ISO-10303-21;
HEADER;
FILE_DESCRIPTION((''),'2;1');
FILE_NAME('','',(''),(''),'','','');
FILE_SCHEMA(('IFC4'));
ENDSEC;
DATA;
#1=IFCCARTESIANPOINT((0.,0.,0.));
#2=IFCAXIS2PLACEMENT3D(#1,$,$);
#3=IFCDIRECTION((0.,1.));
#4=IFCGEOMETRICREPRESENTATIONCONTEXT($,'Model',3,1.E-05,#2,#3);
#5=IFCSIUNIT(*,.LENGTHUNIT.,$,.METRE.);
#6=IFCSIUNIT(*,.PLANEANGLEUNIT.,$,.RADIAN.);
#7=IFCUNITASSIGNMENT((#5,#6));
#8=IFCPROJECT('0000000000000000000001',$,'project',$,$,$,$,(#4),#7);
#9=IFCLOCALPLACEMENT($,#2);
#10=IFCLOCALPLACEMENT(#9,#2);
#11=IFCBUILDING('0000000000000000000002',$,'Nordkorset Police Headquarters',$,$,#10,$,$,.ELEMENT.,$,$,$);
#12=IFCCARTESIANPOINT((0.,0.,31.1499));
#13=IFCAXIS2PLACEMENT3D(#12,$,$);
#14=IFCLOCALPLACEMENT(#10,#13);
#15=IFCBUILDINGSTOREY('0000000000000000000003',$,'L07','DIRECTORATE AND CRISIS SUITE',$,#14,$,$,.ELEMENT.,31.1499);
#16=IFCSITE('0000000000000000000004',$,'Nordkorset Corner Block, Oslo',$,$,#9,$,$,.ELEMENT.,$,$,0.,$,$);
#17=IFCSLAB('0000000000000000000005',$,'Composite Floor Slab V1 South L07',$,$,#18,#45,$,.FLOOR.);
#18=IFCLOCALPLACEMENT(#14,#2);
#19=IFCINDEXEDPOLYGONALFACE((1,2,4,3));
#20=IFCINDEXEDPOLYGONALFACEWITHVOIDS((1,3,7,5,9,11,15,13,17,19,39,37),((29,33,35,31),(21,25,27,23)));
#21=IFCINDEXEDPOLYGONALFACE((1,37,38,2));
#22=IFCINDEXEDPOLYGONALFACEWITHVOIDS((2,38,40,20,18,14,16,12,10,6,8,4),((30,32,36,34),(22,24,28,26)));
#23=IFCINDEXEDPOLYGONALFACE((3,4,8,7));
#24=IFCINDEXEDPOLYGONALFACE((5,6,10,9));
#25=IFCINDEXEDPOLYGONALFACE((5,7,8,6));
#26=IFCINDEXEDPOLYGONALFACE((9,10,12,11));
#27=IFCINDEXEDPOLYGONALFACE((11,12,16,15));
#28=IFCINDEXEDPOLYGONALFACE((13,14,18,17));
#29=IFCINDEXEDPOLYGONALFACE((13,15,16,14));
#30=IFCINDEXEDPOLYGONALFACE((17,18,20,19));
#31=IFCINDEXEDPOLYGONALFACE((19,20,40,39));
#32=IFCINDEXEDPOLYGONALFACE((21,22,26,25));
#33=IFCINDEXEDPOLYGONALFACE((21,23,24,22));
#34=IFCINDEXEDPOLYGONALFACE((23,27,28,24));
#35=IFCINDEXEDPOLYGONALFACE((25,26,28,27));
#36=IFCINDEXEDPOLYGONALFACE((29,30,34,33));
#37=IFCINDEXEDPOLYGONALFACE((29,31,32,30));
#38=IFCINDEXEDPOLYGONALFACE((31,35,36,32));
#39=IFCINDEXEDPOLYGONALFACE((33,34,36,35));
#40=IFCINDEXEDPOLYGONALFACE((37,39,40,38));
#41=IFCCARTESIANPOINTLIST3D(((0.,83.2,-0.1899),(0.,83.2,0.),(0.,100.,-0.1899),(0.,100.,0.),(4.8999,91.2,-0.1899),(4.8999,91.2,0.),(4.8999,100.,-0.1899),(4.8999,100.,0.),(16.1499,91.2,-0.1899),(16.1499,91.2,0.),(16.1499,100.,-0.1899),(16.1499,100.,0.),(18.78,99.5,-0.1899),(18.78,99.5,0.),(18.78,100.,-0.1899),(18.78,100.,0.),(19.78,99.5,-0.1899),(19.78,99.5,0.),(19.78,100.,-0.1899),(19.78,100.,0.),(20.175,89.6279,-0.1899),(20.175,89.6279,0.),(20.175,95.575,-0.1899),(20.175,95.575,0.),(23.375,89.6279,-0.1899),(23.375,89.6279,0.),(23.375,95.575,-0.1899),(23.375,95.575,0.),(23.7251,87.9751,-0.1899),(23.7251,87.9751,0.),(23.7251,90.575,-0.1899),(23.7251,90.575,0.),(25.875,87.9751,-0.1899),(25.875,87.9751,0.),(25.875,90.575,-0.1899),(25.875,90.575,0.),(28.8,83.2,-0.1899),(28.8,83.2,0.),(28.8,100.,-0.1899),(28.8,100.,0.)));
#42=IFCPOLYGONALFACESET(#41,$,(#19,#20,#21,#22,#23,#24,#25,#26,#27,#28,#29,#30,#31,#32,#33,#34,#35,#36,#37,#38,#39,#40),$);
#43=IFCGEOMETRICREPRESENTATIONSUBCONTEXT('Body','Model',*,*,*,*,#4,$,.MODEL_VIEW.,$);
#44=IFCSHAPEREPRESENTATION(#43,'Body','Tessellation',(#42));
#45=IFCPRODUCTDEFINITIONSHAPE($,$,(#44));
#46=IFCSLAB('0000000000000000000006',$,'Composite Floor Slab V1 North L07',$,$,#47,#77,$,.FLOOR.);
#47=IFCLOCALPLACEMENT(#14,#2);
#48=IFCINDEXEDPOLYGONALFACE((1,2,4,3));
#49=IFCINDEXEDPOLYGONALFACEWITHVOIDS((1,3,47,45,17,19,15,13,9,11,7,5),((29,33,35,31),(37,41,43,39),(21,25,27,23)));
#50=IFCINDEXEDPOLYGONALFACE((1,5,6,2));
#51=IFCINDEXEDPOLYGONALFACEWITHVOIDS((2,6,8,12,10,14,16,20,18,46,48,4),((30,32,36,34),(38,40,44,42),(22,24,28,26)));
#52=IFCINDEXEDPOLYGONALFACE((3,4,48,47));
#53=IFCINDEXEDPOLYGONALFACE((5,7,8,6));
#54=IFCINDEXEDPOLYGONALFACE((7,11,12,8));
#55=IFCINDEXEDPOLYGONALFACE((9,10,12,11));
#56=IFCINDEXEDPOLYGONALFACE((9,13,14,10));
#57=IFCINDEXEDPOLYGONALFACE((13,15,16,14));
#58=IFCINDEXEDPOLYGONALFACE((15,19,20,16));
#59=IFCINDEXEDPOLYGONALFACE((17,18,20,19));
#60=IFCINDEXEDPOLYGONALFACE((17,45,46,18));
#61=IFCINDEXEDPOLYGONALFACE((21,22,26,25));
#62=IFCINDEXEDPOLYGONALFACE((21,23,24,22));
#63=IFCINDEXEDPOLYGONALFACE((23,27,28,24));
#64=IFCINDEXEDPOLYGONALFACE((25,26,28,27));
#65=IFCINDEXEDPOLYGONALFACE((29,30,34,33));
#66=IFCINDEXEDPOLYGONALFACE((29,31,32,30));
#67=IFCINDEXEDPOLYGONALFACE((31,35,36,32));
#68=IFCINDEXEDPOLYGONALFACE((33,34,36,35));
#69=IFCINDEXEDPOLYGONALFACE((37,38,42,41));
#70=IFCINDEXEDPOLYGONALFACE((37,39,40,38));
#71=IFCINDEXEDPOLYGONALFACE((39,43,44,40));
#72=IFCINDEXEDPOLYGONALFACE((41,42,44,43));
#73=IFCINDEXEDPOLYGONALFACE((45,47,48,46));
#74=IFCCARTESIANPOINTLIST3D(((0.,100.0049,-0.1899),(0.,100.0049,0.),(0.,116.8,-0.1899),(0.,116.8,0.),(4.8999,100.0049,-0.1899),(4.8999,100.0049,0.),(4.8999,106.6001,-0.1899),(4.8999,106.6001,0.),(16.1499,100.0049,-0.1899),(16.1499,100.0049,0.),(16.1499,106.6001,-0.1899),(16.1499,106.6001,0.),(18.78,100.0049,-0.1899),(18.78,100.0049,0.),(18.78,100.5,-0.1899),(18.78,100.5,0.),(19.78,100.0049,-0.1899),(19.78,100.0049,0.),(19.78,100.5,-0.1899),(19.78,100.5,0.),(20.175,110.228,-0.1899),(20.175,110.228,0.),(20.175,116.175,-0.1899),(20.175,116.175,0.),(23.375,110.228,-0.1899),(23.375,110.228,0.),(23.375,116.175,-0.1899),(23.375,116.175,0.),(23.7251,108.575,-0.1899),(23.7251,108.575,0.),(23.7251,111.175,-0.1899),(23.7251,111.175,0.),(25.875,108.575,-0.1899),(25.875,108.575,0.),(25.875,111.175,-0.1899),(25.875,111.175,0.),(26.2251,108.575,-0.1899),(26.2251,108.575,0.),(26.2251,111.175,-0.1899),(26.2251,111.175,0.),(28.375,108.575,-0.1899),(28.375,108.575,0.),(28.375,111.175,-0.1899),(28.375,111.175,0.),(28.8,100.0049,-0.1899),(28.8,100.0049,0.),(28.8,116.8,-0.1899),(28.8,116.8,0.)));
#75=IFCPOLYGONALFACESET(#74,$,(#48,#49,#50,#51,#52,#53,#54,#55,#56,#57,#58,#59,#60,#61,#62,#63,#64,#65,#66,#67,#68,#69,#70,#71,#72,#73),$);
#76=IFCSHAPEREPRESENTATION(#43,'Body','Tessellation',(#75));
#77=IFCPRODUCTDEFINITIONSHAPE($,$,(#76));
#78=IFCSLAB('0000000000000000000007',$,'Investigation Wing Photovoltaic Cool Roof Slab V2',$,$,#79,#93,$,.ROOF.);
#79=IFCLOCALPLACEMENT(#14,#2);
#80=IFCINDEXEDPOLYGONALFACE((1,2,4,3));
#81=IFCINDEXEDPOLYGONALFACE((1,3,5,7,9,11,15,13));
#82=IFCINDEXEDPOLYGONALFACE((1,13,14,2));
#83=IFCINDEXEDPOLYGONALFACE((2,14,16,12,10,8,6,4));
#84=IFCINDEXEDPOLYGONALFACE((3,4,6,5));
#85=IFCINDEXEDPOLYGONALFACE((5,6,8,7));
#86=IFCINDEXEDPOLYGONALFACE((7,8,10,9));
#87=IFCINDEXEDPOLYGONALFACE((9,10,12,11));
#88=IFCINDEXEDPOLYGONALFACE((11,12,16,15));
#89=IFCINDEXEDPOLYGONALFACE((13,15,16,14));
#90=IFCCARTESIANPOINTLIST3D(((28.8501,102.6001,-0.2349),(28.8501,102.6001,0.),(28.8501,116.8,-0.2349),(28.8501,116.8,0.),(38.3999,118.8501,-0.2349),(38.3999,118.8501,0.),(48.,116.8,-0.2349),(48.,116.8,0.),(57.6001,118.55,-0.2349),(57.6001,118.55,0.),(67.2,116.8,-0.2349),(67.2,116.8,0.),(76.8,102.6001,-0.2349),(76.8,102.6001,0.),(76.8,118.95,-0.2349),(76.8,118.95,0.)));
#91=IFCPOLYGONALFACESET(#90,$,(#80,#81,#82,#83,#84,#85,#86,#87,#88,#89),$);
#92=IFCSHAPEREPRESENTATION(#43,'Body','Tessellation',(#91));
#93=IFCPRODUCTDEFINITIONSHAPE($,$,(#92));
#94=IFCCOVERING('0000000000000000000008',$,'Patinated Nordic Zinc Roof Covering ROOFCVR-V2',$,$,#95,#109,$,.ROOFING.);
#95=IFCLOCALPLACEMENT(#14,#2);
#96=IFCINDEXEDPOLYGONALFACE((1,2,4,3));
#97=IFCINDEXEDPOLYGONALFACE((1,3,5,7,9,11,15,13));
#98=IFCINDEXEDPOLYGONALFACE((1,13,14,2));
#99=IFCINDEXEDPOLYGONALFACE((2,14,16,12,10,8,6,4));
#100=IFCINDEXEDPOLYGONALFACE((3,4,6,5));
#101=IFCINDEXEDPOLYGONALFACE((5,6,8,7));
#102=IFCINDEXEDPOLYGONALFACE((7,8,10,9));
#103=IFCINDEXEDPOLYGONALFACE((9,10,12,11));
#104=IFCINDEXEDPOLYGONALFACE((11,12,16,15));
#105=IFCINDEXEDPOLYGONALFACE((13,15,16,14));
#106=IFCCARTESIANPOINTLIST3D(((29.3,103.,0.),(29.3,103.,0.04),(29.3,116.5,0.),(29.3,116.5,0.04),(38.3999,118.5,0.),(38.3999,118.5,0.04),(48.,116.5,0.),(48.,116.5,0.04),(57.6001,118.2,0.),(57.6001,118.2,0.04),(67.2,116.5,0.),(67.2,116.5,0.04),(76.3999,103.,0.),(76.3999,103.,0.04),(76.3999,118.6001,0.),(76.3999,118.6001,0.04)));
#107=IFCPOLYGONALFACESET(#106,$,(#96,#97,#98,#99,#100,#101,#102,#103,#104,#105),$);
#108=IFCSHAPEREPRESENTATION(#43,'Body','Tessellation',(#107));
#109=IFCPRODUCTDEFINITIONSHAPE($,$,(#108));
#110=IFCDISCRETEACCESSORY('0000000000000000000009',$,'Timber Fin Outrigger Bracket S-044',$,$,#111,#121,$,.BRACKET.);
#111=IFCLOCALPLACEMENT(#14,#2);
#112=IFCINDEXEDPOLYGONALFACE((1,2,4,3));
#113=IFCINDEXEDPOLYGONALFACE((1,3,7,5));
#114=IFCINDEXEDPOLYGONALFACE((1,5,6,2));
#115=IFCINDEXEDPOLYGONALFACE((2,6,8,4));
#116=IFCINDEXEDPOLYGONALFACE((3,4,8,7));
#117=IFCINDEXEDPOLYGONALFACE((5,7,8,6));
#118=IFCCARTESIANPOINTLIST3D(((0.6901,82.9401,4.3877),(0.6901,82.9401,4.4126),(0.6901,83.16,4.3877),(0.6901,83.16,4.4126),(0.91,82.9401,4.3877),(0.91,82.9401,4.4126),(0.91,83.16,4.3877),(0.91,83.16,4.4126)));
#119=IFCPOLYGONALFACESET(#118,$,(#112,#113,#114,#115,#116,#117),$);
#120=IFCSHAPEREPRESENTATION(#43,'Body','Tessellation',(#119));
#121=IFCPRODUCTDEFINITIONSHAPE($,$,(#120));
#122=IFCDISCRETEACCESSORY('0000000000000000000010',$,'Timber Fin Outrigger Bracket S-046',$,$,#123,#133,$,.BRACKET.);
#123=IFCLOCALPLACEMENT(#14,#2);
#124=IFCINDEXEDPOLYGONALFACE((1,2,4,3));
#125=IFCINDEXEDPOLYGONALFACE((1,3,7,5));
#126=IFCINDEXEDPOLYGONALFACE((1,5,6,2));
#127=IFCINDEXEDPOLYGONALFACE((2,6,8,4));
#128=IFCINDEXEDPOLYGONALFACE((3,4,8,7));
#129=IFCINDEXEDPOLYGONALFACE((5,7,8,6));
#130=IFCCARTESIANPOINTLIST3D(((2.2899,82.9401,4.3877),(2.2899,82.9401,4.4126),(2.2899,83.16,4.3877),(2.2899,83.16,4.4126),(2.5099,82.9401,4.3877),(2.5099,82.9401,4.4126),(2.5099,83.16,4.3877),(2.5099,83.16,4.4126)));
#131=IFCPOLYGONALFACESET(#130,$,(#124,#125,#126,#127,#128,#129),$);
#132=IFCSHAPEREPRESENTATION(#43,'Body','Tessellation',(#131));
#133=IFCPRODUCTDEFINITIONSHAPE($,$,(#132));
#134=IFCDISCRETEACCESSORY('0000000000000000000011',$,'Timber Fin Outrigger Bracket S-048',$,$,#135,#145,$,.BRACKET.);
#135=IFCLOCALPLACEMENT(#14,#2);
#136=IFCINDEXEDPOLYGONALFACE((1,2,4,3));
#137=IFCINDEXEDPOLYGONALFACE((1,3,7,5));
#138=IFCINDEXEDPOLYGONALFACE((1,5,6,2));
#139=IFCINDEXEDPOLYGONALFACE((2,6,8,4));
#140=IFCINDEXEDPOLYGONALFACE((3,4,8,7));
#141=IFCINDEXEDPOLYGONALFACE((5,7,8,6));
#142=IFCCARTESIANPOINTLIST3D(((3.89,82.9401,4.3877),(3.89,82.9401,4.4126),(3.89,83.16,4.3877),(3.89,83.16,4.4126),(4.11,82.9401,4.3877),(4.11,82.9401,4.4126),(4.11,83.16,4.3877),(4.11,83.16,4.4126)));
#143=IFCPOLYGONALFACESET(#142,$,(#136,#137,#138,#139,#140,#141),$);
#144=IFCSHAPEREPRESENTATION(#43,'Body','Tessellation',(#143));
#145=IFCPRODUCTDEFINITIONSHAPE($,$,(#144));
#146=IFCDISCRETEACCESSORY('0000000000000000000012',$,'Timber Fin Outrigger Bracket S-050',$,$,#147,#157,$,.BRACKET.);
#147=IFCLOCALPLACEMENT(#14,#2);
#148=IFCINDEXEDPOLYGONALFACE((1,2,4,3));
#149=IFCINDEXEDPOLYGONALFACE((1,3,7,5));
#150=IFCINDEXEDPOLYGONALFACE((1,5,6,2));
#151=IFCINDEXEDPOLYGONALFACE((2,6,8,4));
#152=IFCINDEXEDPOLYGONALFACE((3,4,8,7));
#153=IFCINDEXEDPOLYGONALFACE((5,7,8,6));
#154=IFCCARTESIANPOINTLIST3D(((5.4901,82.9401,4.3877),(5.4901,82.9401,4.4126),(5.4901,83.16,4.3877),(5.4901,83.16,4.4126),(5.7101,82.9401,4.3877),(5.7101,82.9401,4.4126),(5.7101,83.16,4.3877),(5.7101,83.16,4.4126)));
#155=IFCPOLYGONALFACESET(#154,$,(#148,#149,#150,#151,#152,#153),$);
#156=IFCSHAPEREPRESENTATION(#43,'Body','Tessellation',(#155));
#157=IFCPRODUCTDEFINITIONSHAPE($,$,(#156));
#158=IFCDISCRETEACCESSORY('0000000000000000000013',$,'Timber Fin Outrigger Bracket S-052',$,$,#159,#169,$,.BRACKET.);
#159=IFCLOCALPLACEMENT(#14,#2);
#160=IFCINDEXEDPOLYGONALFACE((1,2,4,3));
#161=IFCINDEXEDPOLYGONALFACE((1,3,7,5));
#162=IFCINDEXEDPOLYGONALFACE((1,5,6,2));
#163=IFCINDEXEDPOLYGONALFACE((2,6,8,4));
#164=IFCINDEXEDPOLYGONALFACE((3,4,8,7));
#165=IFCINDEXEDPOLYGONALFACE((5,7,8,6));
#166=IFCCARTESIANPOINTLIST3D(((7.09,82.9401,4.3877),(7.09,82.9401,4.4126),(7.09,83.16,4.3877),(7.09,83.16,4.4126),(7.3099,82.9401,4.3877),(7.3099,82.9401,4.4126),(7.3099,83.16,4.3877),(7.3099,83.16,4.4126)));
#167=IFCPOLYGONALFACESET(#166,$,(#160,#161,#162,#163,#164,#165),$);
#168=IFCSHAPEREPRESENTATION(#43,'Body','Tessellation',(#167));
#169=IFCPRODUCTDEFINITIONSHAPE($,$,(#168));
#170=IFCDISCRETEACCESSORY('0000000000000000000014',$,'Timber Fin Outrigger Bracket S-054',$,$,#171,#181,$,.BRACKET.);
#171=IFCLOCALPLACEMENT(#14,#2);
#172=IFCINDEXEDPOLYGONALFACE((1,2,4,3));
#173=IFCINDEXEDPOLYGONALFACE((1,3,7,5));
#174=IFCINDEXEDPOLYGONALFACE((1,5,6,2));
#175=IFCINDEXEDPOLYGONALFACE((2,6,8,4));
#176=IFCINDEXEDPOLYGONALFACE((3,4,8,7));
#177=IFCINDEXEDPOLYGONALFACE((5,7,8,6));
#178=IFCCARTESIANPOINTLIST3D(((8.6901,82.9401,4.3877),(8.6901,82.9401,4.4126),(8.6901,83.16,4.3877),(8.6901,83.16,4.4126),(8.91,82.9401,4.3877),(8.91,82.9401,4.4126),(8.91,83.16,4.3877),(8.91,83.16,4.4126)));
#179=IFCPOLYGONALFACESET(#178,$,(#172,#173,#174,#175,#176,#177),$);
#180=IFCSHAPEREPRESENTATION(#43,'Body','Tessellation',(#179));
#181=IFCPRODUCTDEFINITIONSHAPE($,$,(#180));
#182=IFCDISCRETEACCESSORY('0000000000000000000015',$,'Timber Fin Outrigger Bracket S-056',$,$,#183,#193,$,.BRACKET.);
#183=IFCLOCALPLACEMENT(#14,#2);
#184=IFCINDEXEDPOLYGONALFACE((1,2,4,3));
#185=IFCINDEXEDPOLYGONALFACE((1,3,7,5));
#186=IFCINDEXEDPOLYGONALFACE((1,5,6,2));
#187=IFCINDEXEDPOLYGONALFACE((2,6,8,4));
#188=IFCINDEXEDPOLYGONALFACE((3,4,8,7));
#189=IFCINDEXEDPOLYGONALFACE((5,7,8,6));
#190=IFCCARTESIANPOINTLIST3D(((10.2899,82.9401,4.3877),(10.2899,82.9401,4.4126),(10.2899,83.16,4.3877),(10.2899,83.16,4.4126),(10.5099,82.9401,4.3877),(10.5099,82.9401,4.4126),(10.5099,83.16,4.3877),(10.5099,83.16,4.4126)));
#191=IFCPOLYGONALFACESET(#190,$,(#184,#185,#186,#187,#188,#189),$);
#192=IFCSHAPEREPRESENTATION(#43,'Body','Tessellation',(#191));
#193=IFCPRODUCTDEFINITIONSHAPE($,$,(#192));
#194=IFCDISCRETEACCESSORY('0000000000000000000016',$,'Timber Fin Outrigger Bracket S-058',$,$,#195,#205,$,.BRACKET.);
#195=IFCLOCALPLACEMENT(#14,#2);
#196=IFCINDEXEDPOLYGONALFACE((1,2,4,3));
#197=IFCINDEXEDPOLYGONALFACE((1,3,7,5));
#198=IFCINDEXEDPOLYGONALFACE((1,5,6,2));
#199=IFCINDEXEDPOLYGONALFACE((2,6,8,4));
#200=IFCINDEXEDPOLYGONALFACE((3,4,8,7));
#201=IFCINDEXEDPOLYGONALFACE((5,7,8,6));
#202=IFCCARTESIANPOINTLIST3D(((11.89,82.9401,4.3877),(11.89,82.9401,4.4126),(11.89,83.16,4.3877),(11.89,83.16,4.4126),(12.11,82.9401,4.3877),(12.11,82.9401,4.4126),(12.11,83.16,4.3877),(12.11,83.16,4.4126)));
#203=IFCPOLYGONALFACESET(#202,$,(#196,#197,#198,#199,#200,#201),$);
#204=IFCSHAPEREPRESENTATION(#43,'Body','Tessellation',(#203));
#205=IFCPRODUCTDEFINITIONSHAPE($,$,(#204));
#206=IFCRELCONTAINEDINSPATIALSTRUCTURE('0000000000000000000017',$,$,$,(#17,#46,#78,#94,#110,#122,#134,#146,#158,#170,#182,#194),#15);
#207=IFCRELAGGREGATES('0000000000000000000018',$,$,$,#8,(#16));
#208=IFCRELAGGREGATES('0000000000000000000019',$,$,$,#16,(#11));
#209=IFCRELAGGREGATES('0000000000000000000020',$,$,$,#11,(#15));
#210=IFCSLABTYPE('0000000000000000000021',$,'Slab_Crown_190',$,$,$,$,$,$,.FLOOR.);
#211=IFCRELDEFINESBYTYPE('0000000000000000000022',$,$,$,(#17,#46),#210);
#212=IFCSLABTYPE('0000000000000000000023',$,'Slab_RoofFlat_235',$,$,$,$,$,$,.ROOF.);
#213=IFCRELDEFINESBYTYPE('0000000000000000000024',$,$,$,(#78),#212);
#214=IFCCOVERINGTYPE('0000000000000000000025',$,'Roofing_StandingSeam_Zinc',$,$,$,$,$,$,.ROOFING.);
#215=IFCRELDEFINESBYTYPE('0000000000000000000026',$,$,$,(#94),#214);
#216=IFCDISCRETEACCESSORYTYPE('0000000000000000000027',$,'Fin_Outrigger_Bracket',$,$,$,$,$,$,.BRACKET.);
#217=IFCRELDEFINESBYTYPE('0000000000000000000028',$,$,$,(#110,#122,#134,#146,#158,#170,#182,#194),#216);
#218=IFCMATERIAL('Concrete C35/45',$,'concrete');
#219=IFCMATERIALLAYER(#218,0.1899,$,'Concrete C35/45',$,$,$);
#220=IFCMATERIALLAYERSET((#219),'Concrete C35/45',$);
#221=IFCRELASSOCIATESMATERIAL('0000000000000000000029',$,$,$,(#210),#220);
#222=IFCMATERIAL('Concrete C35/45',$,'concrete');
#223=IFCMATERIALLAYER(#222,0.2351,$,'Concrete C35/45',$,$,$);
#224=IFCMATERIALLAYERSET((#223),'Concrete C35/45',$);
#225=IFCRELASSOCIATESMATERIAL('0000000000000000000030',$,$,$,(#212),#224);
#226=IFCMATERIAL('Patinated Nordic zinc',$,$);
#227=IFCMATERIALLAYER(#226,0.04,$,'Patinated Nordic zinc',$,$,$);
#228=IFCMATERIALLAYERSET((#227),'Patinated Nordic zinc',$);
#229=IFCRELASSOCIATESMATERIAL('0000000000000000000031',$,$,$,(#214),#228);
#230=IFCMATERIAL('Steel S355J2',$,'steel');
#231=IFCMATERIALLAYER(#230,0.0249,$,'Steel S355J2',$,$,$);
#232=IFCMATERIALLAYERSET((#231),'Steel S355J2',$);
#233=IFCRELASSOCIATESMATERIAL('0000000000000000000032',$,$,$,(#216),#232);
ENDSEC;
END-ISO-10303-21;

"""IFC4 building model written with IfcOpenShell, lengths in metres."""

from ifc_helpers import new_model, si_unit, direction, frame, origin, origin_2d, place, context, subcontext, project, spatial, polyline, rectangle, outline, extrude, material, layer, layer_set, type_object, element, save


model = new_model("IFC4")

# Units and contexts
model_context = context("Model", 3, precision=1e-05, world=origin(), true_north=direction((0.0, 1.0)))
body_context = subcontext(model_context, "Body", "Model", "MODEL_VIEW")
ifc_project = project(units=[si_unit("LENGTHUNIT", "METRE"), si_unit("PLANEANGLEUNIT", "RADIAN")], contexts=[model_context])

# Site, building, storey
site_placement = place(None, origin())
site = spatial("IfcSite", under=ifc_project, at=site_placement, Name="Nordkorset Corner Block, Oslo", CompositionType="ELEMENT", RefElevation=0.0)
building_placement = place(site_placement, origin())
building = spatial("IfcBuilding", under=site, at=building_placement, Name="Nordkorset Police Headquarters", CompositionType="ELEMENT")
storey_placement = place(building_placement, frame((0.0, 0.0, 31.1499)))
storey = spatial("IfcBuildingStorey", under=building, at=storey_placement, Name="L07", Description="DIRECTORATE AND CRISIS SUITE", CompositionType="ELEMENT", Elevation=31.1499)

# Slabs
ifc_material_1 = material(Name="Concrete C35/45", Category="concrete")
ifc_layer_1 = layer(ifc_material_1, 0.1899, Name="Concrete C35/45")
ifc_layer_set_1 = layer_set([ifc_layer_1], Name="Concrete C35/45")
slab_type_1 = type_object("IfcSlabType", Name="Slab_Crown_190", PredefinedType="FLOOR", material=ifc_layer_set_1)
slab_1_placement = place(storey_placement, frame((0.0, 0.0, -0.1899)))
element("IfcSlab", 1, at=slab_1_placement, inside=storey, type_object=slab_type_1, Name="Composite Floor Slab V1 South L07", PredefinedType="FLOOR", context=body_context, shape_type="SweptSolid", body=[
    extrude(outline(polyline([(19.78, 99.5), (19.78, 100.0), (28.8, 100.0), (28.8, 83.2), (0.0, 83.2), (0.0, 100.0), (4.8999, 100.0), (4.8999, 91.2), (16.1499, 91.2), (16.1499, 100.0), (18.78, 100.0), (18.78, 99.5), (19.78, 99.5)]), holes=[polyline([(20.175, 95.575), (20.175, 89.6279), (23.375, 89.6279), (23.375, 95.575), (20.175, 95.575)]), polyline([(25.875, 90.575), (23.7251, 90.575), (23.7251, 87.9751), (25.875, 87.9751), (25.875, 90.575)])]), origin(), (0.0, 0.0, 1.0), 0.1899),
])
slab_2_placement = place(storey_placement, frame((0.0, 0.0, -0.1899)))
element("IfcSlab", 2, at=slab_2_placement, inside=storey, type_object=slab_type_1, Name="Composite Floor Slab V1 North L07", PredefinedType="FLOOR", context=body_context, shape_type="SweptSolid", body=[
    extrude(outline(polyline([(28.8, 100.0049), (19.78, 100.0049), (19.78, 100.5), (18.78, 100.5), (18.78, 100.0049), (16.1499, 100.0049), (16.1499, 106.6001), (4.8999, 106.6001), (4.8999, 100.0049), (0.0, 100.0049), (0.0, 116.8), (28.8, 116.8), (28.8, 100.0049)]), holes=[polyline([(20.175, 110.228), (23.375, 110.228), (23.375, 116.175), (20.175, 116.175), (20.175, 110.228)]), polyline([(23.7251, 111.175), (23.7251, 108.575), (25.875, 108.575), (25.875, 111.175), (23.7251, 111.175)]), polyline([(28.375, 111.175), (26.2251, 111.175), (26.2251, 108.575), (28.375, 108.575), (28.375, 111.175)])]), origin(), (0.0, 0.0, 1.0), 0.1899),
])
ifc_material_2 = material(Name="Concrete C35/45", Category="concrete")
ifc_layer_2 = layer(ifc_material_2, 0.2351, Name="Concrete C35/45")
ifc_layer_set_2 = layer_set([ifc_layer_2], Name="Concrete C35/45")
slab_type_2 = type_object("IfcSlabType", Name="Slab_RoofFlat_235", PredefinedType="ROOF", material=ifc_layer_set_2)
slab_3_placement = place(storey_placement, frame((0.0, 0.0, -0.2349)))
element("IfcSlab", 3, at=slab_3_placement, inside=storey, type_object=slab_type_2, Name="Investigation Wing Photovoltaic Cool Roof Slab V2", PredefinedType="ROOF", context=body_context, shape_type="SweptSolid", body=[
    extrude(outline(polyline([(28.8501, 102.6001), (76.8, 102.6001), (76.8, 118.95), (67.2, 116.8), (57.6001, 118.55), (48.0, 116.8), (38.3999, 118.8501), (28.8501, 116.8), (28.8501, 102.6001)])), origin(), (0.0, 0.0, 1.0), 0.2349),
])

# Covering
ifc_material_3 = material(Name="Patinated Nordic zinc")
ifc_layer_3 = layer(ifc_material_3, 0.04, Name="Patinated Nordic zinc")
ifc_layer_set_3 = layer_set([ifc_layer_3], Name="Patinated Nordic zinc")
covering_type = type_object("IfcCoveringType", Name="Roofing_StandingSeam_Zinc", PredefinedType="ROOFING", material=ifc_layer_set_3)
covering_placement = place(storey_placement, origin())
element("IfcCovering", 4, at=covering_placement, inside=storey, type_object=covering_type, Name="Patinated Nordic Zinc Roof Covering ROOFCVR-V2", PredefinedType="ROOFING", context=body_context, shape_type="SweptSolid", body=[
    extrude(outline(polyline([(29.3, 103.0), (76.3999, 103.0), (76.3999, 118.6001), (67.2, 116.5), (57.6001, 118.2), (48.0, 116.5), (38.3999, 118.5), (29.3, 116.5), (29.3, 103.0)])), origin(), (0.0, 0.0, 1.0), 0.04),
])

# Discrete accessories
ifc_material_4 = material(Name="Steel S355J2", Category="steel")
ifc_layer_4 = layer(ifc_material_4, 0.0249, Name="Steel S355J2")
ifc_layer_set_4 = layer_set([ifc_layer_4], Name="Steel S355J2")
discrete_accessory_type = type_object("IfcDiscreteAccessoryType", Name="Fin_Outrigger_Bracket", PredefinedType="BRACKET", material=ifc_layer_set_4)
for number, where, z_axis, x_axis, name in (
    (5, (0.8, 83.05, 4.3877), (0.0, 0.0, 1.0), (1.0, 0.0, 0.0), "Timber Fin Outrigger Bracket S-044"),
    (6, (2.3999, 83.05, 4.3877), (0.0, 0.0, 1.0), (1.0, 0.0, 0.0), "Timber Fin Outrigger Bracket S-046"),
    (7, (4.0, 83.05, 4.3877), (0.0, 0.0, 1.0), (1.0, 0.0, 0.0), "Timber Fin Outrigger Bracket S-048"),
    (8, (5.6001, 83.05, 4.3877), (0.0, 0.0, 1.0), (1.0, 0.0, 0.0), "Timber Fin Outrigger Bracket S-050"),
    (9, (7.2, 83.05, 4.3877), (0.0, 0.0, 1.0), (1.0, 0.0, 0.0), "Timber Fin Outrigger Bracket S-052"),
    (10, (8.8, 83.05, 4.3877), (0.0, 0.0, 1.0), (1.0, 0.0, 0.0), "Timber Fin Outrigger Bracket S-054"),
    (11, (10.3999, 83.05, 4.3877), (0.0, 0.0, 1.0), (1.0, 0.0, 0.0), "Timber Fin Outrigger Bracket S-056"),
    (12, (12.0, 83.05, 4.3877), (0.0, 0.0, 1.0), (1.0, 0.0, 0.0), "Timber Fin Outrigger Bracket S-058"),
):
    element("IfcDiscreteAccessory", number, at=place(storey_placement, frame(where, z_axis=z_axis, x_axis=x_axis)), inside=storey, type_object=discrete_accessory_type, Name=name, PredefinedType="BRACKET", context=body_context, shape_type="SweptSolid", body=[
        extrude(rectangle(XDim=0.22, YDim=0.22, at=origin_2d()), origin(), (0.0, 0.0, 1.0), 0.0249),
    ])

save(model, "model.ifc")
